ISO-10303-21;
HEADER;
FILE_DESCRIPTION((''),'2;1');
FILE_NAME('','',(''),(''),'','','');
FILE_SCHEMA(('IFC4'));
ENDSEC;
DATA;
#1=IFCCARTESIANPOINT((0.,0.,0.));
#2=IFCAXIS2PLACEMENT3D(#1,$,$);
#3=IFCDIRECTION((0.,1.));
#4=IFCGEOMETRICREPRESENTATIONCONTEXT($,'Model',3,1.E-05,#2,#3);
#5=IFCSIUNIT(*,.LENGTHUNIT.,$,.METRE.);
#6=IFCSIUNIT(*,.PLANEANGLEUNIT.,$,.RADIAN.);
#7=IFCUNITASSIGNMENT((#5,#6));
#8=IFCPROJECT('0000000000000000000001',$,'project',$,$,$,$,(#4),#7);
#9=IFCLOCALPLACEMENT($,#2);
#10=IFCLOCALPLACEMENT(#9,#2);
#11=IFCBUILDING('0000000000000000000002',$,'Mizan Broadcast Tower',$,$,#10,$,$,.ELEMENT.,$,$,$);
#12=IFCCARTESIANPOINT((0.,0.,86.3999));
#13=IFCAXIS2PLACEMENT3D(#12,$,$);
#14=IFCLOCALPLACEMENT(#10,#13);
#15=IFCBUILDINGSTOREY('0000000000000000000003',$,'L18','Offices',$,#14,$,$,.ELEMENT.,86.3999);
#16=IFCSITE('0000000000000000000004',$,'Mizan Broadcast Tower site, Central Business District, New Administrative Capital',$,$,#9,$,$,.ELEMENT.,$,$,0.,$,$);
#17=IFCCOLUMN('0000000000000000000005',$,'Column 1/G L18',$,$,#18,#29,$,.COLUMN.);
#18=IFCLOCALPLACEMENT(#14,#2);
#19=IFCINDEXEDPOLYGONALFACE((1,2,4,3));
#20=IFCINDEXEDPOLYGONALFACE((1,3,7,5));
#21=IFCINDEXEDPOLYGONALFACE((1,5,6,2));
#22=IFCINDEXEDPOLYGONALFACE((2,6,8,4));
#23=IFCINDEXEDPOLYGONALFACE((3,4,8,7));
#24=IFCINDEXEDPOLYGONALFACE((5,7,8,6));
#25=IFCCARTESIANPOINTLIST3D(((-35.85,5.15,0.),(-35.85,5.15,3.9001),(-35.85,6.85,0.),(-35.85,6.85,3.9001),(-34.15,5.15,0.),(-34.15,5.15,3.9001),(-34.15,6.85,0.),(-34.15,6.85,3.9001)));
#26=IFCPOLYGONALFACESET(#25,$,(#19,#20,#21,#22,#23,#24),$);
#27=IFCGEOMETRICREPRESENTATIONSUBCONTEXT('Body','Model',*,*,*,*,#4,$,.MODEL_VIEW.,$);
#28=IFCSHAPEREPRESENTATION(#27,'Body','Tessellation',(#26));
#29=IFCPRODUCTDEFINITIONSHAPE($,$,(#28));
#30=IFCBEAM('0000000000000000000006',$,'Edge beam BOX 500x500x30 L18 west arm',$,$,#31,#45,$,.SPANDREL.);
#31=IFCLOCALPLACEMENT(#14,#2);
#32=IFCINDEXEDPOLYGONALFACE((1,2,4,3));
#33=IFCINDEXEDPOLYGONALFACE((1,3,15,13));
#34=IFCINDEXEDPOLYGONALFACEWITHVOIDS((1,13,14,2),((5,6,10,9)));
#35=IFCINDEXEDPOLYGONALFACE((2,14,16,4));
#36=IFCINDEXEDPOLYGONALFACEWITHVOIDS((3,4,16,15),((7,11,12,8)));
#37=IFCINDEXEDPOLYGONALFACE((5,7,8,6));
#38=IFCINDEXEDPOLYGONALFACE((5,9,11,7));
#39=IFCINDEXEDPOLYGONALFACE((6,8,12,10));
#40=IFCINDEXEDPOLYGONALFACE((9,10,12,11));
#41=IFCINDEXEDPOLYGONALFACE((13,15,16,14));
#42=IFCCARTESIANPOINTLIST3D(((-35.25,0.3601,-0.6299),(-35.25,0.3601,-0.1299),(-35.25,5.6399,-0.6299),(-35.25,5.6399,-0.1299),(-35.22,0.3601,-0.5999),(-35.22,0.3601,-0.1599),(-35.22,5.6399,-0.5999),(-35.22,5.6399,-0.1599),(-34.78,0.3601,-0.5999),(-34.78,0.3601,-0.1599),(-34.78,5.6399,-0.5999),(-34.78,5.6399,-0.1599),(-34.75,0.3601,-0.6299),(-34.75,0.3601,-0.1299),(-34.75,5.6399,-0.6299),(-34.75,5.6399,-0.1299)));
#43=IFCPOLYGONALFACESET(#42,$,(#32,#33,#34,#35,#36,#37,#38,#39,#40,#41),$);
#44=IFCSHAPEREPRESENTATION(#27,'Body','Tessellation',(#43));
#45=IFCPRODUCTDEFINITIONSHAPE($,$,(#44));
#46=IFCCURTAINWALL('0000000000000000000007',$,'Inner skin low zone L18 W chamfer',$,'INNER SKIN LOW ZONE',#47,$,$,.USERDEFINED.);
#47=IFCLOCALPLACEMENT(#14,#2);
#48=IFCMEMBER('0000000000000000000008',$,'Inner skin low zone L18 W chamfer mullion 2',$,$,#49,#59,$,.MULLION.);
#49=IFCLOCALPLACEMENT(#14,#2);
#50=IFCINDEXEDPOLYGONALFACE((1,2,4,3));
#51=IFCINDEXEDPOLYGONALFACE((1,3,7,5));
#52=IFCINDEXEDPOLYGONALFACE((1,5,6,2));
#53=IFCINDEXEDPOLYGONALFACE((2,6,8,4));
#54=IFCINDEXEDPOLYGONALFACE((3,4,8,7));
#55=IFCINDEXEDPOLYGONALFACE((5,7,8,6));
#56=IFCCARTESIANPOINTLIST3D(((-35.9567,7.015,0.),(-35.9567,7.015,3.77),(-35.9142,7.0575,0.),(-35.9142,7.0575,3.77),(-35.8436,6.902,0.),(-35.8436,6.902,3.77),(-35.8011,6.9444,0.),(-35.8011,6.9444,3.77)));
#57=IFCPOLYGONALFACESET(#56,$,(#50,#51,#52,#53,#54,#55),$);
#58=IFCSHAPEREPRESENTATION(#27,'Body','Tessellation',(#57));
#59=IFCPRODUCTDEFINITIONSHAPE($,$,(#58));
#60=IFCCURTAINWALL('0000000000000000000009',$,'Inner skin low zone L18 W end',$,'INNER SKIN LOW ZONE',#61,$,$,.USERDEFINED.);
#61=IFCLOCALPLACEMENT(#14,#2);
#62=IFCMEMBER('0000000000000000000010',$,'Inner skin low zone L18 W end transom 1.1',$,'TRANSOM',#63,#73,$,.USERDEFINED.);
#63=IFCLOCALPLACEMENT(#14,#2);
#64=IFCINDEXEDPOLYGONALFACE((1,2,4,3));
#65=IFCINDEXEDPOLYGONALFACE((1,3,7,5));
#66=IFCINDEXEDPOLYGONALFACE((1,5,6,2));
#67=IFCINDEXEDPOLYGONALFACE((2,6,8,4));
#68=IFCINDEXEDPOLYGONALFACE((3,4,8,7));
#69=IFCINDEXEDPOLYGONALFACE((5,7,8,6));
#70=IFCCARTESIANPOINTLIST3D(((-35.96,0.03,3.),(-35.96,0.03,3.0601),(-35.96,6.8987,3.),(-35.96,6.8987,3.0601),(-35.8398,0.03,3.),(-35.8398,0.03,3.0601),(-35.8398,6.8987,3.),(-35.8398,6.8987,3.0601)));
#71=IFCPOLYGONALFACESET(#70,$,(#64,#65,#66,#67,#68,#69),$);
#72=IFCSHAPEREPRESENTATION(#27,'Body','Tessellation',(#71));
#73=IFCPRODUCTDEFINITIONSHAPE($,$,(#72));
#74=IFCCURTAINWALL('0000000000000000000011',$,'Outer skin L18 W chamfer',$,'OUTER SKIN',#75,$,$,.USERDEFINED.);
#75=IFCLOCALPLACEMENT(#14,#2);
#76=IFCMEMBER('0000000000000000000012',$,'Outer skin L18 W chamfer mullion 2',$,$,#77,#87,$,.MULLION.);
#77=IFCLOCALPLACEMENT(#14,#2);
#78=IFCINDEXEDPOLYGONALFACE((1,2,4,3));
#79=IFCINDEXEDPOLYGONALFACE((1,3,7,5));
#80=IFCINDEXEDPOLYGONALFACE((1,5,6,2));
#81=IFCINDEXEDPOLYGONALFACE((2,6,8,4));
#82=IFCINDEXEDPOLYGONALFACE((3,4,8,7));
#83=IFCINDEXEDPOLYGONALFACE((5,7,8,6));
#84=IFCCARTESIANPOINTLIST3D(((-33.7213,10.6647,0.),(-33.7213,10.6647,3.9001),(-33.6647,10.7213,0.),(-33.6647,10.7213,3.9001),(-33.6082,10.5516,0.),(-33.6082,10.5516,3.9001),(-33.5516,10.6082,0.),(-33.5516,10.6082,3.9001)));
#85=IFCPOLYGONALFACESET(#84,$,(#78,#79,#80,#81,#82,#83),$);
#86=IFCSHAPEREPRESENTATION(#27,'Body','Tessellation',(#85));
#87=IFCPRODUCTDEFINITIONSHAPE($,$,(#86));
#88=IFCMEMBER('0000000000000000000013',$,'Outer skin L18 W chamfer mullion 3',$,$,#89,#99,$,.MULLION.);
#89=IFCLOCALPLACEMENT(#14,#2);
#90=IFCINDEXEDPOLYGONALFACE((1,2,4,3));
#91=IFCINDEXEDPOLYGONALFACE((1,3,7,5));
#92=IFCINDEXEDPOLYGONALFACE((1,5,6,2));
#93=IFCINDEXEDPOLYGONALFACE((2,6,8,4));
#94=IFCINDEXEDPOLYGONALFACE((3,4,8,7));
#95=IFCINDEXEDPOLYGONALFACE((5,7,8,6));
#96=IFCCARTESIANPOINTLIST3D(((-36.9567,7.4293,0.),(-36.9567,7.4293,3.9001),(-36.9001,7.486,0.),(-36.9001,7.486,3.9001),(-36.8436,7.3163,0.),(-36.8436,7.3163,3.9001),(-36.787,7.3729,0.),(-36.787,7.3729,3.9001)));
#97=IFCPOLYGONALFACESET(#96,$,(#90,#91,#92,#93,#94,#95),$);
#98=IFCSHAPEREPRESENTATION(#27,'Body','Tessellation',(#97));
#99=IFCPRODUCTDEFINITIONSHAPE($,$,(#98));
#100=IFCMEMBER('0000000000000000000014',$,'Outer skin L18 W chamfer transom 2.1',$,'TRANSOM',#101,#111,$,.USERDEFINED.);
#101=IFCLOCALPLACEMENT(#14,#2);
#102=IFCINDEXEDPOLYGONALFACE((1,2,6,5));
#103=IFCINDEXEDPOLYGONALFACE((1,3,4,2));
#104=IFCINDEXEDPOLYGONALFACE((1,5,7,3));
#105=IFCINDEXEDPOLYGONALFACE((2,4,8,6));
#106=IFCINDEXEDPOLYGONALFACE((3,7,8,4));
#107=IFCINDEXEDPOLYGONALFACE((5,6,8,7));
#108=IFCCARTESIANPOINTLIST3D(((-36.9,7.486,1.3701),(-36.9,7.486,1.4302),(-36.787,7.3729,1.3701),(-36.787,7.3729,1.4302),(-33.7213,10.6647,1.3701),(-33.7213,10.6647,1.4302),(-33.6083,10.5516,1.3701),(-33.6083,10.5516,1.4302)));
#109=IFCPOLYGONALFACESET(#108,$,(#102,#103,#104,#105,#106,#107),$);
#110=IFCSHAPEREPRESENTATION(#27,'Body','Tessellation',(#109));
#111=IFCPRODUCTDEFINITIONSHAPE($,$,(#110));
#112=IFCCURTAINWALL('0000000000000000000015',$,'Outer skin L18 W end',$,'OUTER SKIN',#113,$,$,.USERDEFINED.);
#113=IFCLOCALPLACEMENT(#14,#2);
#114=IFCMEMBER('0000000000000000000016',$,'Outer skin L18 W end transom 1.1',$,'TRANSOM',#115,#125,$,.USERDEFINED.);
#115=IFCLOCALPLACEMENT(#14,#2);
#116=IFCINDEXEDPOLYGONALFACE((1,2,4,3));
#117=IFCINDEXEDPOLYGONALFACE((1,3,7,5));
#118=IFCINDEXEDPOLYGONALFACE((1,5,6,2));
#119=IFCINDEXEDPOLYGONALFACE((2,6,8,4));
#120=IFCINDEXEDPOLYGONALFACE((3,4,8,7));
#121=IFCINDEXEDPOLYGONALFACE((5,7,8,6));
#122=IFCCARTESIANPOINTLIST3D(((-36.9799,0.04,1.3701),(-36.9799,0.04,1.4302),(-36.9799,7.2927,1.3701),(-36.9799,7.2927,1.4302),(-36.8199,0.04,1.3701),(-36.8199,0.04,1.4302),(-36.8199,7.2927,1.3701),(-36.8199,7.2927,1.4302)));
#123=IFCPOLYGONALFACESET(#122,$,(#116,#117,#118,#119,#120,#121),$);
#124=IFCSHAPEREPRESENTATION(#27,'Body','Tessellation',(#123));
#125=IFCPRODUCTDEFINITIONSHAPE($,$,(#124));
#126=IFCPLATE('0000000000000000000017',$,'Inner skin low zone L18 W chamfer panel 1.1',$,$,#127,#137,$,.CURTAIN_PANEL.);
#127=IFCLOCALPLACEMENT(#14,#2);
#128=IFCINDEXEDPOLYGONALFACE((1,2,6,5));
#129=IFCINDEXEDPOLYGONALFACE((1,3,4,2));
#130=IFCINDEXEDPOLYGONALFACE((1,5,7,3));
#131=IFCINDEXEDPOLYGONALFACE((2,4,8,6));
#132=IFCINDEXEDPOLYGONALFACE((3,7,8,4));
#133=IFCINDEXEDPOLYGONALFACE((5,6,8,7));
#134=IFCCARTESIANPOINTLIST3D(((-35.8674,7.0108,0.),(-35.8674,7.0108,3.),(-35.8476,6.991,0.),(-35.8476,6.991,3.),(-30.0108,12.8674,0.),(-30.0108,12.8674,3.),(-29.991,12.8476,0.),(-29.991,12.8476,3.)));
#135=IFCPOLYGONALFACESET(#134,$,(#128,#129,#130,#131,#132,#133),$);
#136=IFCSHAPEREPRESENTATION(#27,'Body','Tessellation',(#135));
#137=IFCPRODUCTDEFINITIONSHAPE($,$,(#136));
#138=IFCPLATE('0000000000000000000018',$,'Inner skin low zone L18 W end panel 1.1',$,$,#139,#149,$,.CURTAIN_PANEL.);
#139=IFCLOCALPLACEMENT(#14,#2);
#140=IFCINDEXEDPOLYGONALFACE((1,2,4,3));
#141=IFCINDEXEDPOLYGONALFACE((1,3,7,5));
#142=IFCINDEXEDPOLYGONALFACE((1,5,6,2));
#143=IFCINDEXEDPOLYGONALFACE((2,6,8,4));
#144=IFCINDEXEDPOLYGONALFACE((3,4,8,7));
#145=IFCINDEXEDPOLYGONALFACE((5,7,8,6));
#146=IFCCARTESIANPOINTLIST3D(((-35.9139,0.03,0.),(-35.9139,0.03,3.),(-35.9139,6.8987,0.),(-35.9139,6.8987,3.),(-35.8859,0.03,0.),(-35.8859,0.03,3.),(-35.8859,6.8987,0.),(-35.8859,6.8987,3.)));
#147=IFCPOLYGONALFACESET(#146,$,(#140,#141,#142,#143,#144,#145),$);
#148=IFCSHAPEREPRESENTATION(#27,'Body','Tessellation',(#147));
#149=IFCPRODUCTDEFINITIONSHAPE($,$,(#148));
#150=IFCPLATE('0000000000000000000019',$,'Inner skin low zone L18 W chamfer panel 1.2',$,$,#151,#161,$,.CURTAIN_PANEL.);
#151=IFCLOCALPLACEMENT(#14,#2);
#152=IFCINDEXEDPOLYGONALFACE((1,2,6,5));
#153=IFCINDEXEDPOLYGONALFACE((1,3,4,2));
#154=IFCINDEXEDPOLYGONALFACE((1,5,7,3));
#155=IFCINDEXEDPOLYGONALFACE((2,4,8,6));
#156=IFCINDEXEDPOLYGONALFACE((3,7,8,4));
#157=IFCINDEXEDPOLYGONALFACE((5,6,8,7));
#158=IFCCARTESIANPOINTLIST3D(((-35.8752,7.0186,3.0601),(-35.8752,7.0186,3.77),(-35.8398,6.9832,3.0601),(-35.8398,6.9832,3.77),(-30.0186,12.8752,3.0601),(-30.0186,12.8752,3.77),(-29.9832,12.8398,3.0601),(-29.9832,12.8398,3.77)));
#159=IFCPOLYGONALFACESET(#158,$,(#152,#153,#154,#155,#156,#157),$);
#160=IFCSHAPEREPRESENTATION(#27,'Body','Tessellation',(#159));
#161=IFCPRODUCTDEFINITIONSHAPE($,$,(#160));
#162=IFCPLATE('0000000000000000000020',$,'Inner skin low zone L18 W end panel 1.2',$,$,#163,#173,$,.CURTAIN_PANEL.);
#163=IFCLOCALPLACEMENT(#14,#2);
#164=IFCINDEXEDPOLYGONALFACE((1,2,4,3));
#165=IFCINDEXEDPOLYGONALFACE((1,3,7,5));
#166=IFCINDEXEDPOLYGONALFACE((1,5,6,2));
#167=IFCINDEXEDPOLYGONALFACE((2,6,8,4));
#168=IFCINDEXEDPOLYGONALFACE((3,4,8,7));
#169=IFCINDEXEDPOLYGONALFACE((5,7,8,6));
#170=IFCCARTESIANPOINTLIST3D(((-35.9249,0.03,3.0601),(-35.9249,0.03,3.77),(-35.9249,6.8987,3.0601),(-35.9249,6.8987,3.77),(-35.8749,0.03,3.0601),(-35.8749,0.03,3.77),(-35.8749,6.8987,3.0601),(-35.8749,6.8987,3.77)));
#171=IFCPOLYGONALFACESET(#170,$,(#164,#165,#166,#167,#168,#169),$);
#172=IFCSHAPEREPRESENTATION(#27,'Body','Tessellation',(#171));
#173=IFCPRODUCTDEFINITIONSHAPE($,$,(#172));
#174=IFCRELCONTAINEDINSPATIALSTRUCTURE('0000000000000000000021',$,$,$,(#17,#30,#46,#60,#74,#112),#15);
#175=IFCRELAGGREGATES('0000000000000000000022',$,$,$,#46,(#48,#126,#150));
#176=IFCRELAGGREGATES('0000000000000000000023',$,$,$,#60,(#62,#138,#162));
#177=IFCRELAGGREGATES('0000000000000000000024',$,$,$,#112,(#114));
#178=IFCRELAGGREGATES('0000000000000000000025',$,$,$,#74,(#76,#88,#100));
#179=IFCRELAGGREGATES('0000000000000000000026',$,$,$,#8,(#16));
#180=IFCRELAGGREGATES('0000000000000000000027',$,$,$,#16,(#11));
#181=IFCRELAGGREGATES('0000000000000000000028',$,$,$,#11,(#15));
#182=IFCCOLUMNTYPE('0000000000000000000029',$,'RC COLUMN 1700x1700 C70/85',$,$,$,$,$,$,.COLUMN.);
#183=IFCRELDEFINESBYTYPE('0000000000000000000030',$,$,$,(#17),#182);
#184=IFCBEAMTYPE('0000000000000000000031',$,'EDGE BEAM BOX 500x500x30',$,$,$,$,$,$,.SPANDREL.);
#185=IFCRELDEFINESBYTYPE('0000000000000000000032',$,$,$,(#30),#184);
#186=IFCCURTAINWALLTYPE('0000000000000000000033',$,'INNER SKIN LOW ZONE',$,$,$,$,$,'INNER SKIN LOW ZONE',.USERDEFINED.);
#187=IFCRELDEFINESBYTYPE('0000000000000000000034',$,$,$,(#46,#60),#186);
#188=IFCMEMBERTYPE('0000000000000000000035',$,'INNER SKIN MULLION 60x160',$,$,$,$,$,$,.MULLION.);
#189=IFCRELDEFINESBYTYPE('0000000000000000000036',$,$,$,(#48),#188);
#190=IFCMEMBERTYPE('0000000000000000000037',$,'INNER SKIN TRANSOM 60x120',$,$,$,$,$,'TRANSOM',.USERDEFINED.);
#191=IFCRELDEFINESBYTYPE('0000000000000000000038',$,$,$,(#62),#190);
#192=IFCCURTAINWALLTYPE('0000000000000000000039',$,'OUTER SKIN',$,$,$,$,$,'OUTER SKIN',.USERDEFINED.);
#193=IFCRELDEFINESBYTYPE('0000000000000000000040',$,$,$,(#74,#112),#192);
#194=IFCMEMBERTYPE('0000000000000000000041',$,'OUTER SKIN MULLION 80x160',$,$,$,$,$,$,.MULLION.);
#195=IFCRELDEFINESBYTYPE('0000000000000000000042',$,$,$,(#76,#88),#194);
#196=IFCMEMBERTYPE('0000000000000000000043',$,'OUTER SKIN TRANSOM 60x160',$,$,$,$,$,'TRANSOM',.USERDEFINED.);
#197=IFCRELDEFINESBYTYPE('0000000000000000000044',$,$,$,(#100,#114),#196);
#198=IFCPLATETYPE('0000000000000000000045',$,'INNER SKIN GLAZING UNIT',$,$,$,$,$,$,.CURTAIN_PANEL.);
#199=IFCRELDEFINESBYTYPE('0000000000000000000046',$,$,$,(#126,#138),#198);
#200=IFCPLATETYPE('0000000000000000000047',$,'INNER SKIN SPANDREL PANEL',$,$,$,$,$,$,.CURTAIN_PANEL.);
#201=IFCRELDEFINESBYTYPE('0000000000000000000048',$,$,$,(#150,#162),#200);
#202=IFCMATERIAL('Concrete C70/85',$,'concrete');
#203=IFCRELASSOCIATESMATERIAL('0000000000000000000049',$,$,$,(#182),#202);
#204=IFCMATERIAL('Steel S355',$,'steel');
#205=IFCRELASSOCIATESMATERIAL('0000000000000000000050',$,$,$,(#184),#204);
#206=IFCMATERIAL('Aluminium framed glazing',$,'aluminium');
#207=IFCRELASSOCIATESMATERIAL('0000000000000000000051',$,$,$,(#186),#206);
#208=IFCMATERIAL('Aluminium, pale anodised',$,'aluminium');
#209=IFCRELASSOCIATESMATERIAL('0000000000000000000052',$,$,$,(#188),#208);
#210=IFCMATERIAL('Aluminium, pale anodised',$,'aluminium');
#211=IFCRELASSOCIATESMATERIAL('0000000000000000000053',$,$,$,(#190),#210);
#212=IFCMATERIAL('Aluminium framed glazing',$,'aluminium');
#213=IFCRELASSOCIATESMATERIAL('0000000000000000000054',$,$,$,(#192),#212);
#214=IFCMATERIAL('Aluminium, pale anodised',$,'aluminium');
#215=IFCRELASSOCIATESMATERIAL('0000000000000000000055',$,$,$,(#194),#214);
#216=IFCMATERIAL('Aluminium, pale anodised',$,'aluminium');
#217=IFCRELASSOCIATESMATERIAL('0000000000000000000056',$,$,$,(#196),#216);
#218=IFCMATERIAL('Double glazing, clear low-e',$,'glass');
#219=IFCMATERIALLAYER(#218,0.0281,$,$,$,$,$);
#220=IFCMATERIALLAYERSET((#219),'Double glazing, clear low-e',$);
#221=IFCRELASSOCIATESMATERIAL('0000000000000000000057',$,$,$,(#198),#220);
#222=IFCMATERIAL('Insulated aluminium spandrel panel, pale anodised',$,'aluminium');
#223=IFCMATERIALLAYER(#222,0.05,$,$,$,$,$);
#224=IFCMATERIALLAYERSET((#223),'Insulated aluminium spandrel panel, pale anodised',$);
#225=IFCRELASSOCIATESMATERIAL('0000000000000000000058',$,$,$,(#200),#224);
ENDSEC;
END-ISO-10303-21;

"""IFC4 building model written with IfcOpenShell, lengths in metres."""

from ifc_helpers import new_model, si_unit, direction, frame, origin, origin_2d, place, context, subcontext, project, spatial, rectangle, hollow_rectangle, extrude, material, layer, layer_set, material_profile, profile_set, type_object, element, aggregate, save


model = new_model("IFC4")

# Units and contexts
model_context = context("Model", 3, precision=1e-05, world=origin(), true_north=direction((0.0, 1.0)))
body_context = subcontext(model_context, "Body", "Model", "MODEL_VIEW")
ifc_project = project(units=[si_unit("LENGTHUNIT", "METRE"), si_unit("PLANEANGLEUNIT", "RADIAN")], contexts=[model_context])

# Site, building, storey
site_placement = place(None, origin())
site = spatial("IfcSite", under=ifc_project, at=site_placement, Name="Mizan Broadcast Tower site, Central Business District, New Administrative Capital", CompositionType="ELEMENT", RefElevation=0.0)
building_placement = place(site_placement, origin())
building = spatial("IfcBuilding", under=site, at=building_placement, Name="Mizan Broadcast Tower", CompositionType="ELEMENT")
storey_placement = place(building_placement, frame((0.0, 0.0, 86.3999)))
storey = spatial("IfcBuildingStorey", under=building, at=storey_placement, Name="L18", Description="Offices", CompositionType="ELEMENT", Elevation=86.3999)

# Column
ifc_material_1 = material(Name="Concrete C70/85", Category="concrete")
ifc_material_profile_1 = material_profile(ifc_material_1, rectangle(XDim=1.7, YDim=1.7, at=origin_2d()), Name="RC 1700x1700")
ifc_profile_set_1 = profile_set([ifc_material_profile_1], Name="Concrete C70/85")
column_type = type_object("IfcColumnType", Name="RC COLUMN 1700x1700 C70/85", PredefinedType="COLUMN", material=ifc_profile_set_1)
column_placement = place(storey_placement, frame((-35.0, 6.0, 0.0), z_axis=(0.0, 0.0, 1.0), x_axis=(1.0, 0.0, 0.0)))
element("IfcColumn", 1, at=column_placement, inside=storey, type_object=column_type, Name="Column 1/G L18", PredefinedType="COLUMN", context=body_context, shape_type="SweptSolid", body=[
    extrude(rectangle(XDim=1.7, YDim=1.7, at=origin_2d()), origin(), (0.0, 0.0, 1.0), 3.9001),
])

# Beam
ifc_material_2 = material(Name="Steel S355", Category="steel")
ifc_material_profile_2 = material_profile(ifc_material_2, hollow_rectangle(XDim=0.5, YDim=0.5, WallThickness=0.03, at=origin_2d()), Name="BOX 500x500x30")
ifc_profile_set_2 = profile_set([ifc_material_profile_2], Name="Steel S355")
beam_type = type_object("IfcBeamType", Name="EDGE BEAM BOX 500x500x30", PredefinedType="SPANDREL", material=ifc_profile_set_2)
beam_placement = place(storey_placement, frame((-35.0, 5.6399, -0.3799), z_axis=(0.0, -1.0, 0.0), x_axis=(1.0, 0.0, 0.0)))
element("IfcBeam", 2, at=beam_placement, inside=storey, type_object=beam_type, Name="Edge beam BOX 500x500x30 L18 west arm", PredefinedType="SPANDREL", context=body_context, shape_type="SweptSolid", body=[
    extrude(hollow_rectangle(XDim=0.5, YDim=0.5, WallThickness=0.03, at=origin_2d()), origin(), (0.0, 0.0, 1.0), 5.2798),
])

# Curtain walls, members
ifc_material_3 = material(Name="Aluminium framed glazing", Category="aluminium")
curtain_wall_type_1 = type_object("IfcCurtainWallType", Name="INNER SKIN LOW ZONE", ElementType="INNER SKIN LOW ZONE", PredefinedType="USERDEFINED", material=ifc_material_3)
curtain_wall_1_placement = place(storey_placement, origin())
curtain_wall_1 = element("IfcCurtainWall", 3, at=curtain_wall_1_placement, inside=storey, type_object=curtain_wall_type_1, Name="Inner skin low zone L18 W chamfer", ObjectType="INNER SKIN LOW ZONE", PredefinedType="USERDEFINED")
ifc_material_4 = material(Name="Aluminium, pale anodised", Category="aluminium")
ifc_material_profile_3 = material_profile(ifc_material_4, rectangle(XDim=0.1599, YDim=0.0601, at=origin_2d()), Name="MULLION 160x60")
ifc_profile_set_3 = profile_set([ifc_material_profile_3], Name="Aluminium, pale anodised")
member_type_1 = type_object("IfcMemberType", Name="INNER SKIN MULLION 60x160", PredefinedType="MULLION", material=ifc_profile_set_3)
member_1_placement = place(storey_placement, frame((-35.8789, 6.9797, 0.0), z_axis=(0.0, 0.0, 1.0), x_axis=(0.707107, -0.707107, 0.0)))
member_1 = element("IfcMember", 4, at=member_1_placement, type_object=member_type_1, Name="Inner skin low zone L18 W chamfer mullion 2", PredefinedType="MULLION", context=body_context, shape_type="SweptSolid", body=[
    extrude(rectangle(XDim=0.1599, YDim=0.0601, at=origin_2d()), origin(), (0.0, 0.0, 1.0), 3.77),
])
curtain_wall_2_placement = place(storey_placement, origin())
curtain_wall_2 = element("IfcCurtainWall", 5, at=curtain_wall_2_placement, inside=storey, type_object=curtain_wall_type_1, Name="Inner skin low zone L18 W end", ObjectType="INNER SKIN LOW ZONE", PredefinedType="USERDEFINED")
ifc_material_5 = material(Name="Aluminium, pale anodised", Category="aluminium")
ifc_material_profile_4 = material_profile(ifc_material_5, rectangle(XDim=0.1201, YDim=0.0601, at=origin_2d()), Name="TRANSOM 120x60")
ifc_profile_set_4 = profile_set([ifc_material_profile_4], Name="Aluminium, pale anodised")
member_type_2 = type_object("IfcMemberType", Name="INNER SKIN TRANSOM 60x120", ElementType="TRANSOM", PredefinedType="USERDEFINED", material=ifc_profile_set_4)
member_2_placement = place(storey_placement, frame((-35.8999, 6.8987, 3.03), z_axis=(0.0, -1.0, 0.0), x_axis=(1.0, 0.0, 0.0)))
member_2 = element("IfcMember", 6, at=member_2_placement, type_object=member_type_2, Name="Inner skin low zone L18 W end transom 1.1", ObjectType="TRANSOM", PredefinedType="USERDEFINED", context=body_context, shape_type="SweptSolid", body=[
    extrude(rectangle(XDim=0.1201, YDim=0.0601, at=origin_2d()), origin(), (0.0, 0.0, 1.0), 6.8687),
])

# Curtain wall, members
ifc_material_6 = material(Name="Aluminium framed glazing", Category="aluminium")
curtain_wall_type_2 = type_object("IfcCurtainWallType", Name="OUTER SKIN", ElementType="OUTER SKIN", PredefinedType="USERDEFINED", material=ifc_material_6)
curtain_wall_3_placement = place(storey_placement, origin())
curtain_wall_3 = element("IfcCurtainWall", 7, at=curtain_wall_3_placement, inside=storey, type_object=curtain_wall_type_2, Name="Outer skin L18 W chamfer", ObjectType="OUTER SKIN", PredefinedType="USERDEFINED")
ifc_material_7 = material(Name="Aluminium, pale anodised", Category="aluminium")
ifc_material_profile_5 = material_profile(ifc_material_7, rectangle(XDim=0.1599, YDim=0.0801, at=origin_2d()), Name="MULLION 160x80")
ifc_profile_set_5 = profile_set([ifc_material_profile_5], Name="Aluminium, pale anodised")
member_type_3 = type_object("IfcMemberType", Name="OUTER SKIN MULLION 80x160", PredefinedType="MULLION", material=ifc_profile_set_5)
member_3_placement = place(storey_placement, frame((-33.6365, 10.6365, 0.0), z_axis=(0.0, 0.0, 1.0), x_axis=(0.707107, -0.707107, 0.0)))
member_3 = element("IfcMember", 8, at=member_3_placement, type_object=member_type_3, Name="Outer skin L18 W chamfer mullion 2", PredefinedType="MULLION", context=body_context, shape_type="SweptSolid", body=[
    extrude(rectangle(XDim=0.1599, YDim=0.0801, at=origin_2d()), origin(), (0.0, 0.0, 1.0), 3.9001),
])
member_4_placement = place(storey_placement, frame((-36.8718, 7.4011, 0.0), z_axis=(0.0, 0.0, 1.0), x_axis=(0.707107, -0.707107, 0.0)))
member_4 = element("IfcMember", 9, at=member_4_placement, type_object=member_type_3, Name="Outer skin L18 W chamfer mullion 3", PredefinedType="MULLION", context=body_context, shape_type="SweptSolid", body=[
    extrude(rectangle(XDim=0.1599, YDim=0.0801, at=origin_2d()), origin(), (0.0, 0.0, 1.0), 3.9001),
])
ifc_material_8 = material(Name="Aluminium, pale anodised", Category="aluminium")
ifc_material_profile_6 = material_profile(ifc_material_8, rectangle(XDim=0.1599, YDim=0.0601, at=origin_2d()), Name="TRANSOM 160x60")
ifc_profile_set_6 = profile_set([ifc_material_profile_6], Name="Aluminium, pale anodised")
member_type_4 = type_object("IfcMemberType", Name="OUTER SKIN TRANSOM 60x160", ElementType="TRANSOM", PredefinedType="USERDEFINED", material=ifc_profile_set_6)
member_5_placement = place(storey_placement, frame((-33.6648, 10.6082, 1.4001), z_axis=(-0.707107, -0.707107, 0.0), x_axis=(0.707107, -0.707107, 0.0)))
member_5 = element("IfcMember", 10, at=member_5_placement, type_object=member_type_4, Name="Outer skin L18 W chamfer transom 2.1", ObjectType="TRANSOM", PredefinedType="USERDEFINED", context=body_context, shape_type="SweptSolid", body=[
    extrude(rectangle(XDim=0.1599, YDim=0.0601, at=origin_2d()), origin(), (0.0, 0.0, 1.0), 4.4954),
])

# Curtain wall, member
curtain_wall_4_placement = place(storey_placement, origin())
curtain_wall_4 = element("IfcCurtainWall", 11, at=curtain_wall_4_placement, inside=storey, type_object=curtain_wall_type_2, Name="Outer skin L18 W end", ObjectType="OUTER SKIN", PredefinedType="USERDEFINED")
member_6_placement = place(storey_placement, frame((-36.8999, 7.2927, 1.4001), z_axis=(0.0, -1.0, 0.0), x_axis=(1.0, 0.0, 0.0)))
member_6 = element("IfcMember", 12, at=member_6_placement, type_object=member_type_4, Name="Outer skin L18 W end transom 1.1", ObjectType="TRANSOM", PredefinedType="USERDEFINED", context=body_context, shape_type="SweptSolid", body=[
    extrude(rectangle(XDim=0.1599, YDim=0.0601, at=origin_2d()), origin(), (0.0, 0.0, 1.0), 7.2527),
])

# Plates
ifc_material_9 = material(Name="Double glazing, clear low-e", Category="glass")
ifc_layer_1 = layer(ifc_material_9, 0.0281)
ifc_layer_set_1 = layer_set([ifc_layer_1], Name="Double glazing, clear low-e")
plate_type_1 = type_object("IfcPlateType", Name="INNER SKIN GLAZING UNIT", PredefinedType="CURTAIN_PANEL", material=ifc_layer_set_1)
plate_1_placement = place(storey_placement, frame((-32.9292, 9.9292, 0.0), z_axis=(0.0, 0.0, 1.0), x_axis=(-0.707107, -0.707107, 0.0)))
plate_1 = element("IfcPlate", 13, at=plate_1_placement, type_object=plate_type_1, Name="Inner skin low zone L18 W chamfer panel 1.1", PredefinedType="CURTAIN_PANEL", context=body_context, shape_type="SweptSolid", body=[
    extrude(rectangle(XDim=8.2825, YDim=0.0281, at=origin_2d()), origin(), (0.0, 0.0, 1.0), 3.0),
])
plate_2_placement = place(storey_placement, frame((-35.8999, 3.4644, 0.0), z_axis=(0.0, 0.0, 1.0), x_axis=(0.0, -1.0, 0.0)))
plate_2 = element("IfcPlate", 14, at=plate_2_placement, type_object=plate_type_1, Name="Inner skin low zone L18 W end panel 1.1", PredefinedType="CURTAIN_PANEL", context=body_context, shape_type="SweptSolid", body=[
    extrude(rectangle(XDim=6.8687, YDim=0.0281, at=origin_2d()), origin(), (0.0, 0.0, 1.0), 3.0),
])
ifc_material_10 = material(Name="Insulated aluminium spandrel panel, pale anodised", Category="aluminium")
ifc_layer_2 = layer(ifc_material_10, 0.05)
ifc_layer_set_2 = layer_set([ifc_layer_2], Name="Insulated aluminium spandrel panel, pale anodised")
plate_type_2 = type_object("IfcPlateType", Name="INNER SKIN SPANDREL PANEL", PredefinedType="CURTAIN_PANEL", material=ifc_layer_set_2)
plate_3_placement = place(storey_placement, frame((-32.9292, 9.9292, 3.0601), z_axis=(0.0, 0.0, 1.0), x_axis=(-0.707107, -0.707107, 0.0)))
plate_3 = element("IfcPlate", 15, at=plate_3_placement, type_object=plate_type_2, Name="Inner skin low zone L18 W chamfer panel 1.2", PredefinedType="CURTAIN_PANEL", context=body_context, shape_type="SweptSolid", body=[
    extrude(rectangle(XDim=8.2825, YDim=0.05, at=origin_2d()), origin(), (0.0, 0.0, 1.0), 0.71),
])
aggregate(curtain_wall_1, [member_1, plate_1, plate_3])
plate_4_placement = place(storey_placement, frame((-35.8999, 3.4644, 3.0601), z_axis=(0.0, 0.0, 1.0), x_axis=(0.0, -1.0, 0.0)))
plate_4 = element("IfcPlate", 16, at=plate_4_placement, type_object=plate_type_2, Name="Inner skin low zone L18 W end panel 1.2", PredefinedType="CURTAIN_PANEL", context=body_context, shape_type="SweptSolid", body=[
    extrude(rectangle(XDim=6.8687, YDim=0.05, at=origin_2d()), origin(), (0.0, 0.0, 1.0), 0.71),
])
aggregate(curtain_wall_2, [member_2, plate_2, plate_4])
aggregate(curtain_wall_4, [member_6])
aggregate(curtain_wall_3, [member_3, member_4, member_5])

save(model, "model.ifc")
